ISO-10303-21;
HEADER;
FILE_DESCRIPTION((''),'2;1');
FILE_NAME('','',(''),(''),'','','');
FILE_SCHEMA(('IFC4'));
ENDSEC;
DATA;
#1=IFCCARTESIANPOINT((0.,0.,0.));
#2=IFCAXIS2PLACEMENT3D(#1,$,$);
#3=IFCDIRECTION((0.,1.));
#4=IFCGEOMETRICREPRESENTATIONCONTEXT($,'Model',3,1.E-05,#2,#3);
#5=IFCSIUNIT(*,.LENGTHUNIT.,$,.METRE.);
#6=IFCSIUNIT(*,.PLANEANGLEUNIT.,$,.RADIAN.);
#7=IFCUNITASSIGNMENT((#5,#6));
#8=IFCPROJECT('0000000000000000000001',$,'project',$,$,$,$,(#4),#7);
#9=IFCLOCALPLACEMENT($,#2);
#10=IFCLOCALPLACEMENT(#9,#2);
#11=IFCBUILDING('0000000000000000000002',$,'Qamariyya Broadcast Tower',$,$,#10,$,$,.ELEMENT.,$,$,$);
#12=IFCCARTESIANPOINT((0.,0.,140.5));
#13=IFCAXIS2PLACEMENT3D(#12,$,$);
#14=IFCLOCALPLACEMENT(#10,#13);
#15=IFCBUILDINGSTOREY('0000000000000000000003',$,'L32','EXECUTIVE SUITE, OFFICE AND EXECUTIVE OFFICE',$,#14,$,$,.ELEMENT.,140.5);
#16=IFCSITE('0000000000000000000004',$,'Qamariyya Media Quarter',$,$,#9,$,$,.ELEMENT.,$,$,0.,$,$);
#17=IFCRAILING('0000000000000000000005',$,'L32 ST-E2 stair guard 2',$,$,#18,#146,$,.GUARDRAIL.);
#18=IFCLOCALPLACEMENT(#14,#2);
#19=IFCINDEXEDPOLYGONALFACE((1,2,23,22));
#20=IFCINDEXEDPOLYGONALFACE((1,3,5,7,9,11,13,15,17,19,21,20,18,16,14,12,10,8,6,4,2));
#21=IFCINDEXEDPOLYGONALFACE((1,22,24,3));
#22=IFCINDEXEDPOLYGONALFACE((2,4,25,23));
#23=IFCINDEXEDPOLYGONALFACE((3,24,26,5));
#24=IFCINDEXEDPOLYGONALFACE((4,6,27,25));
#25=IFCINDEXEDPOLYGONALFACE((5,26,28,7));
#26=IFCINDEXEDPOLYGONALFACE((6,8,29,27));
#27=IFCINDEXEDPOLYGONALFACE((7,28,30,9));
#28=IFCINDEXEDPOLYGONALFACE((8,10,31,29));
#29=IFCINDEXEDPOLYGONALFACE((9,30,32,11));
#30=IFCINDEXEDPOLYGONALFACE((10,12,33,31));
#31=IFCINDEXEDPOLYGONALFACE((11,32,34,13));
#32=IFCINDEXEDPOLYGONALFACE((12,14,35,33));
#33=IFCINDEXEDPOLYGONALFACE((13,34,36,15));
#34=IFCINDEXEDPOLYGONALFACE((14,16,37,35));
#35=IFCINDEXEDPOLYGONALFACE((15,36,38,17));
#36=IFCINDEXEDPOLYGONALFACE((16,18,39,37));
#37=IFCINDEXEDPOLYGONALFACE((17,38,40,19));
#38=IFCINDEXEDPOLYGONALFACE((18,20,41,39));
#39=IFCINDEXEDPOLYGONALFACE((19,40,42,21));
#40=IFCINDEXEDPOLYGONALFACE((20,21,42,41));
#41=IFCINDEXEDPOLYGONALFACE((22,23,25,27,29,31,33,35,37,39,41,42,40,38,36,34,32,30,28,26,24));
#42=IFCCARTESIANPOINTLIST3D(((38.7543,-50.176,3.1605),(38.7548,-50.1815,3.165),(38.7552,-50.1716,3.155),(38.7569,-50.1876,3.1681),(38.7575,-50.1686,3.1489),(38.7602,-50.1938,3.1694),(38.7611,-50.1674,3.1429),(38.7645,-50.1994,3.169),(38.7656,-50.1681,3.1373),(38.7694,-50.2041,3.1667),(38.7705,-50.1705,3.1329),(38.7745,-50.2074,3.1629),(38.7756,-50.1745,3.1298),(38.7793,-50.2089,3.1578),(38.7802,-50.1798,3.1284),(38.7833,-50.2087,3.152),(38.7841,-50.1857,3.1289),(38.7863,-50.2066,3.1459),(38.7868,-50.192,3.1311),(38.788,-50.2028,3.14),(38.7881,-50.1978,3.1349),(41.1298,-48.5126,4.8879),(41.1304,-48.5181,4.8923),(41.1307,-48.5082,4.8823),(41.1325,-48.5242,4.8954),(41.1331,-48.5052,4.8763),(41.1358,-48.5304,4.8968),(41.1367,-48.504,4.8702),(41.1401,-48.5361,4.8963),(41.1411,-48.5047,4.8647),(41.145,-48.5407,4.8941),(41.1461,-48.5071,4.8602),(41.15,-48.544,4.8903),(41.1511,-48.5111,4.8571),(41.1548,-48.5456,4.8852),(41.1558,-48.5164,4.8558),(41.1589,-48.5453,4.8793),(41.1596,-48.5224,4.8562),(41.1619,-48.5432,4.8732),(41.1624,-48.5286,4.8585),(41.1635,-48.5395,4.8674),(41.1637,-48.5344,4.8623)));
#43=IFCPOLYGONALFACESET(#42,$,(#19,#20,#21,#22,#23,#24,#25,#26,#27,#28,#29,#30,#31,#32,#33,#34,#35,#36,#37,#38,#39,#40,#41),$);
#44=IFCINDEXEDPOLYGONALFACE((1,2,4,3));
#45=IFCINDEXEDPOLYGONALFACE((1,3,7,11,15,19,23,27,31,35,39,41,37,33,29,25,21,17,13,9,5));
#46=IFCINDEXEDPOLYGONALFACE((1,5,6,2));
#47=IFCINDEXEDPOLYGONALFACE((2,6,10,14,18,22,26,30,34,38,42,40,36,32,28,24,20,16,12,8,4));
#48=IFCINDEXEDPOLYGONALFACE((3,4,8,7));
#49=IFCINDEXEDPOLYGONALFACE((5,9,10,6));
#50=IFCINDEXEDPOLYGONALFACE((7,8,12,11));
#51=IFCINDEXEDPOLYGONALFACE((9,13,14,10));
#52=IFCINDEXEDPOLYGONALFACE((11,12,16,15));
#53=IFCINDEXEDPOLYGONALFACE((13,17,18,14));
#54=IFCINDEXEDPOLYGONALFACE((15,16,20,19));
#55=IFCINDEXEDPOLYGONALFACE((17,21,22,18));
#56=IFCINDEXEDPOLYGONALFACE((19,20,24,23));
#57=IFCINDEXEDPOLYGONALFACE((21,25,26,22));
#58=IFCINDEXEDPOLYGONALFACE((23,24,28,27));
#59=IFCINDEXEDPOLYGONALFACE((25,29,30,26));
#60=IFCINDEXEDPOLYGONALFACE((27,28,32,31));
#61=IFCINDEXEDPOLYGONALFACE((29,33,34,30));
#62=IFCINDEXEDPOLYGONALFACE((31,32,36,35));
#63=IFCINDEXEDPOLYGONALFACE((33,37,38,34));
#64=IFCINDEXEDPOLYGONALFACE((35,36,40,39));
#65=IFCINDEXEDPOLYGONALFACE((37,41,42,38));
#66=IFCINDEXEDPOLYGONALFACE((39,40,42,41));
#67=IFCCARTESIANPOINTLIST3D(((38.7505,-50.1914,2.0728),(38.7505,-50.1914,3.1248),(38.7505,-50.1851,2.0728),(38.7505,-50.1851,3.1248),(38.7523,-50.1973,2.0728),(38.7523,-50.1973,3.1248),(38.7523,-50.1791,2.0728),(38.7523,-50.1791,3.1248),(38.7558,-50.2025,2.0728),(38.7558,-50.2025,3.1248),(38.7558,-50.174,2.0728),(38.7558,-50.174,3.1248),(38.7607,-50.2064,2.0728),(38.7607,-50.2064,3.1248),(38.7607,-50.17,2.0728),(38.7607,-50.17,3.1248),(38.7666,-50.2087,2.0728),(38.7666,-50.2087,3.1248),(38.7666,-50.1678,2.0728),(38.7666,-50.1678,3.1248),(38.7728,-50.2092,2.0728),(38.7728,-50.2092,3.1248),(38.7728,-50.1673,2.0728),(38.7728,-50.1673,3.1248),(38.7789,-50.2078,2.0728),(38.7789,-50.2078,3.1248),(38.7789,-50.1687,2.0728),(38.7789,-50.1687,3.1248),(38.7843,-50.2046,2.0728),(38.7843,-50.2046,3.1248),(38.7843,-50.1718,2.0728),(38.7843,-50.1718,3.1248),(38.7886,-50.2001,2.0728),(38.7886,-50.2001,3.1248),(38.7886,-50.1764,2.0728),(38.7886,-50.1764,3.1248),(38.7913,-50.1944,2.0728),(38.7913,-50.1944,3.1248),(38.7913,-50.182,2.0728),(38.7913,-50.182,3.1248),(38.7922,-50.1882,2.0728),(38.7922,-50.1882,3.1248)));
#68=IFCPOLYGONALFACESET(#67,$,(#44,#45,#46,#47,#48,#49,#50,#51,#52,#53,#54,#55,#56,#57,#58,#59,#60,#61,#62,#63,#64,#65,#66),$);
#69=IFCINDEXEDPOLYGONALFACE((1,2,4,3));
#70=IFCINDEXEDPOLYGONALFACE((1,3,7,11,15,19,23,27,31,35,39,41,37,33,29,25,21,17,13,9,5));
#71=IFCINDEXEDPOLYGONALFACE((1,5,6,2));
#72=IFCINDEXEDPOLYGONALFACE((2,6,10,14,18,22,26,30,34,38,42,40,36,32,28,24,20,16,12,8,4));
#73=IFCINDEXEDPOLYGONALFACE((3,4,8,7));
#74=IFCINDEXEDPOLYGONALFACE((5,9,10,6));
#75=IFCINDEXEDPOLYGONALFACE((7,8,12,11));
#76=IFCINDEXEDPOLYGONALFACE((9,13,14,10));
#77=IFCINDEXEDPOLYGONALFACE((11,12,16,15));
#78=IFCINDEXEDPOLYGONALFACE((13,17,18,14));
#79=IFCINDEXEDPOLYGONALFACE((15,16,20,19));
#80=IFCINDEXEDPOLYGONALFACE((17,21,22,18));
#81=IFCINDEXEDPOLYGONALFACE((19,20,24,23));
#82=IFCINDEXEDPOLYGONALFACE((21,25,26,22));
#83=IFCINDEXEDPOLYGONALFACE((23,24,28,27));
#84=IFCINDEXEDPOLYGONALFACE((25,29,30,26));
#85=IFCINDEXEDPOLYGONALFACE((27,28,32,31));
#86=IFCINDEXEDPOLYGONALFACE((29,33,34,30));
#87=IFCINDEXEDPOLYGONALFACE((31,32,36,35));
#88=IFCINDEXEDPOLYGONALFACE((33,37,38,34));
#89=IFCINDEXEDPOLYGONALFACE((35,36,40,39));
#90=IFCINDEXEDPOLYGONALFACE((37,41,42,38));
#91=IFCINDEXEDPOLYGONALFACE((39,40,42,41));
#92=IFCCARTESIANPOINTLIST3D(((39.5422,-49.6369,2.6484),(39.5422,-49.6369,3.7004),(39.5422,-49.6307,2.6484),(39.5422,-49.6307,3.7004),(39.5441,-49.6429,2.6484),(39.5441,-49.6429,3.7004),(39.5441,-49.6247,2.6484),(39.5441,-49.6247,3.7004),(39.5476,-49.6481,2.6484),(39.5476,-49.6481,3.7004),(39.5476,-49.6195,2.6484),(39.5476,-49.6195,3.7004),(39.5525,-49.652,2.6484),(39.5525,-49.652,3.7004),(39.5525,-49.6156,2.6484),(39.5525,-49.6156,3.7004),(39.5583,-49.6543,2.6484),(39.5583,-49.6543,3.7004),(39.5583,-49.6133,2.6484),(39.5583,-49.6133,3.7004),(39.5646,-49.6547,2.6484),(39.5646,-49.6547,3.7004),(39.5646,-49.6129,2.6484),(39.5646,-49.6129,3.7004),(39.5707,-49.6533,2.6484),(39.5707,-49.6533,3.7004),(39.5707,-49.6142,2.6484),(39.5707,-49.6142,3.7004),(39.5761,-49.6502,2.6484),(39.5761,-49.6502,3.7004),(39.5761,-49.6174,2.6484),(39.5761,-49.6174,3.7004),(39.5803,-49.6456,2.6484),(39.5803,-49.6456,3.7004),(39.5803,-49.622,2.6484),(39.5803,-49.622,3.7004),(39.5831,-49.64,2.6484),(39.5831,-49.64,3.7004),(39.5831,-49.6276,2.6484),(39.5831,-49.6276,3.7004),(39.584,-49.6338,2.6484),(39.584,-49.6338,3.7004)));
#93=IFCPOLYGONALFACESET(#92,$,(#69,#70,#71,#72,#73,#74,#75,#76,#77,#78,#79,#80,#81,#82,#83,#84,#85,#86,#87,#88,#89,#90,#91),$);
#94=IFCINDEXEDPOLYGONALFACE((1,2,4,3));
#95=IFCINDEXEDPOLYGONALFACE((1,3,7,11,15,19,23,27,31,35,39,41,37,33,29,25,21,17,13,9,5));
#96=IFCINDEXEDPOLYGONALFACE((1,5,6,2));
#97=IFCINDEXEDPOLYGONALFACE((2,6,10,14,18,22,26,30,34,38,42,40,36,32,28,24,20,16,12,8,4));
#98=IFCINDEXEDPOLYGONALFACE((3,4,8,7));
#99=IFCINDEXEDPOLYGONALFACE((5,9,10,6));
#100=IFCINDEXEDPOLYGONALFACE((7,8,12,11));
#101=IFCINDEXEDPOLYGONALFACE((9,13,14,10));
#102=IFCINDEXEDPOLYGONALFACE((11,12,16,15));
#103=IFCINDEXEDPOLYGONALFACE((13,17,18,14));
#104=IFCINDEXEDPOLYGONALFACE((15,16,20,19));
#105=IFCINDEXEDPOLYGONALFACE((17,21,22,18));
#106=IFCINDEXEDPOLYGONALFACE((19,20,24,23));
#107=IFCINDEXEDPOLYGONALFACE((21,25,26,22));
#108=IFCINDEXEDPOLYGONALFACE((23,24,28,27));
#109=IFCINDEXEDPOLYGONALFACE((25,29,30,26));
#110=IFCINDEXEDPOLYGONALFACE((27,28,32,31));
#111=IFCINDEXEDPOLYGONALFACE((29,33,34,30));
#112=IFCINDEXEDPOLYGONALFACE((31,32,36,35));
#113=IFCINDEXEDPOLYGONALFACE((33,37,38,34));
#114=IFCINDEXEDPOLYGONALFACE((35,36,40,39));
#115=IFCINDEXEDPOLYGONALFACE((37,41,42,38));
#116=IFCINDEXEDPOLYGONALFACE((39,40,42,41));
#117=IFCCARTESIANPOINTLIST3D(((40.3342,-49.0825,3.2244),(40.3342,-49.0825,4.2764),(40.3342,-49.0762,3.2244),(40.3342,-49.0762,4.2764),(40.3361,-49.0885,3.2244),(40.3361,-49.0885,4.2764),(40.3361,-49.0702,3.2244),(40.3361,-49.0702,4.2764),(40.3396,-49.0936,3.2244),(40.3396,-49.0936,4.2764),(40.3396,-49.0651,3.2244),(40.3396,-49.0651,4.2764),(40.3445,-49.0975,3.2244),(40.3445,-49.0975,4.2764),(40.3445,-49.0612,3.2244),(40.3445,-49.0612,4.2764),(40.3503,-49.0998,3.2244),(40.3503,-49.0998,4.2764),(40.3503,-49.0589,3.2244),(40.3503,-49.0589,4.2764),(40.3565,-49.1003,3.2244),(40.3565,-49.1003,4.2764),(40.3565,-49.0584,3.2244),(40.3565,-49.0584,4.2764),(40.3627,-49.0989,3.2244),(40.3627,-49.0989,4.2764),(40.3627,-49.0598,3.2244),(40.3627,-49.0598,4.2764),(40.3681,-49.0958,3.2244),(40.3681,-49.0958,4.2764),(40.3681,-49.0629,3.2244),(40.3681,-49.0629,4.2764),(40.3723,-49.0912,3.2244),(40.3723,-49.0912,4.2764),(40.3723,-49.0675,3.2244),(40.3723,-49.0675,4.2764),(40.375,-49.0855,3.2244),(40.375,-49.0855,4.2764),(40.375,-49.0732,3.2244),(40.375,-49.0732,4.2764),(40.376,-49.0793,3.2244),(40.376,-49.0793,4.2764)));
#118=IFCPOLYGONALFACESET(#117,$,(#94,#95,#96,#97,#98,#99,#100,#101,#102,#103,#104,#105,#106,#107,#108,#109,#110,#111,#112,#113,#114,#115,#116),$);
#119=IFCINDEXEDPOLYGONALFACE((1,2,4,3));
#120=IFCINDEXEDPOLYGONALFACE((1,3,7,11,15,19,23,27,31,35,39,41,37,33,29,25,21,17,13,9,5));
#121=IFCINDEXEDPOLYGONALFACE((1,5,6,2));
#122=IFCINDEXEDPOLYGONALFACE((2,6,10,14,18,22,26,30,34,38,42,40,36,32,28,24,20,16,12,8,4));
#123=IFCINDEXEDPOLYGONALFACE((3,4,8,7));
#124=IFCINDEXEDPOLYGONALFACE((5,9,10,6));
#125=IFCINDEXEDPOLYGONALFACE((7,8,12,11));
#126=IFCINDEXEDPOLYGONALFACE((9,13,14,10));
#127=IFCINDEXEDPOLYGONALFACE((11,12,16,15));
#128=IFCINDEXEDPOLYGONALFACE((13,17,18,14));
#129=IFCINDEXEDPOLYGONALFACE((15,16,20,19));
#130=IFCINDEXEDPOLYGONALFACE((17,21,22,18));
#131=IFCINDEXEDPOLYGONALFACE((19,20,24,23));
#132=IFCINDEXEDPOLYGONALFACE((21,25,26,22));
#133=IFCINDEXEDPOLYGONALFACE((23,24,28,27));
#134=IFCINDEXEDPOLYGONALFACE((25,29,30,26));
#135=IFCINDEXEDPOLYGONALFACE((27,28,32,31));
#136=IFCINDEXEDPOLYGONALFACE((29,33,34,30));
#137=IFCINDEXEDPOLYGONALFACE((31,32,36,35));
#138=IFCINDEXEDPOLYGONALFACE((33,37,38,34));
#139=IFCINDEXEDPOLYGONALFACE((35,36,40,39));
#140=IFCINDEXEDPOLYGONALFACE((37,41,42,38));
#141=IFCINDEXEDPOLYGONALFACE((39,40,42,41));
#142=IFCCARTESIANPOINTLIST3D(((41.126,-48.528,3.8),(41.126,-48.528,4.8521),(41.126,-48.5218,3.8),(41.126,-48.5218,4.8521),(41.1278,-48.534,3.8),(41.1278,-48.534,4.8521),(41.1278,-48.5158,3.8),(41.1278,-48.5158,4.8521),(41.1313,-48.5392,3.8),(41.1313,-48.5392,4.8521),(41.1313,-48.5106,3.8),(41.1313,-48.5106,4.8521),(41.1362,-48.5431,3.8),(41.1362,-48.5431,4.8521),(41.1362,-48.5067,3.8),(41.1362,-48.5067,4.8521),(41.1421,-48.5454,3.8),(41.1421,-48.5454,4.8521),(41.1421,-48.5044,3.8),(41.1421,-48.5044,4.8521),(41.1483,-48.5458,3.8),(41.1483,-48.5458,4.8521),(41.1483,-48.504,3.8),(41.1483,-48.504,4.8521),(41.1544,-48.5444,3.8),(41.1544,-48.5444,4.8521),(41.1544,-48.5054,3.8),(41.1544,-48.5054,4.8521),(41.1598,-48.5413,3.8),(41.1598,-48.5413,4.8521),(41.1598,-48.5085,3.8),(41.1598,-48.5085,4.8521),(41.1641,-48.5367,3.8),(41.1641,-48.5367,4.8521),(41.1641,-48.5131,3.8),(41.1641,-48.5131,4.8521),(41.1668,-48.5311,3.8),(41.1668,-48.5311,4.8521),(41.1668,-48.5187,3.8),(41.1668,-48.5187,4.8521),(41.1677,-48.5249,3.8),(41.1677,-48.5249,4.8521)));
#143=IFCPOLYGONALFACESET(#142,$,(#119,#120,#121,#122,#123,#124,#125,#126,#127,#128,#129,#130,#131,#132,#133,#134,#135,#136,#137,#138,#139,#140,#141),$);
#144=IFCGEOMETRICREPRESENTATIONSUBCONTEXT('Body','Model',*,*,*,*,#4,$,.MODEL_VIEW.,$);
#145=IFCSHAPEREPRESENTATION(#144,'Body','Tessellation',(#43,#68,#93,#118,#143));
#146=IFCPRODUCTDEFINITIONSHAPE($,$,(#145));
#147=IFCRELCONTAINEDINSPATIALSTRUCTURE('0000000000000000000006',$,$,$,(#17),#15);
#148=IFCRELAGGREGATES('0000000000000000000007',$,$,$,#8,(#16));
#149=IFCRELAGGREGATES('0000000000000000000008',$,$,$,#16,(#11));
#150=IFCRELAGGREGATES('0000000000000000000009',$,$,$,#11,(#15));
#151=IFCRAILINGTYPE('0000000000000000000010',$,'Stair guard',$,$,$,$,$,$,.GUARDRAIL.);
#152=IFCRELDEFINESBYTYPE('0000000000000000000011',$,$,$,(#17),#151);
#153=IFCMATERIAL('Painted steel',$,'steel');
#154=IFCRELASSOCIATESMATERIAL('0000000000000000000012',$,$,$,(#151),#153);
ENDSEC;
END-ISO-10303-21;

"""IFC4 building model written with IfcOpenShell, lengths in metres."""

from ifc_helpers import new_model, si_unit, direction, frame, origin, origin_2d, place, context, subcontext, project, spatial, circle, extrude, material, type_object, element, save


model = new_model("IFC4")

# Units and contexts
model_context = context("Model", 3, precision=1e-05, world=origin(), true_north=direction((0.0, 1.0)))
body_context = subcontext(model_context, "Body", "Model", "MODEL_VIEW")
ifc_project = project(units=[si_unit("LENGTHUNIT", "METRE"), si_unit("PLANEANGLEUNIT", "RADIAN")], contexts=[model_context])

# Site, building, storey
site_placement = place(None, origin())
site = spatial("IfcSite", under=ifc_project, at=site_placement, Name="Qamariyya Media Quarter", CompositionType="ELEMENT", RefElevation=0.0)
building_placement = place(site_placement, origin())
building = spatial("IfcBuilding", under=site, at=building_placement, Name="Qamariyya Broadcast Tower", CompositionType="ELEMENT")
storey_placement = place(building_placement, frame((0.0, 0.0, 140.5)))
storey = spatial("IfcBuildingStorey", under=building, at=storey_placement, Name="L32", Description="EXECUTIVE SUITE, OFFICE AND EXECUTIVE OFFICE", CompositionType="ELEMENT", Elevation=140.5)

# Railing
ifc_material_1 = material(Name="Painted steel", Category="steel")
railing_type_1 = type_object("IfcRailingType", Name="Stair guard", PredefinedType="GUARDRAIL", material=ifc_material_1)
railing_1_placement = place(storey_placement, frame((38.7712, -50.1882, 2.0728)))
element("IfcRailing", 1, at=railing_1_placement, inside=storey, type_object=railing_type_1, Name="L32 ST-E2 stair guard 2", PredefinedType="GUARDRAIL", context=body_context, shape_type="SweptSolid", body=[
    extrude(circle(Radius=0.0239, at=origin_2d()), frame((0.0, 0.0, 1.0762), z_axis=(0.70377, 0.492784, 0.511734), x_axis=(-0.573575, 0.819153, 0.0)), (0.0, 0.0, 1.0), 3.3755),
    extrude(circle(Radius=0.021, at=origin_2d()), origin(), (0.0, 0.0, 1.0), 1.052),
    extrude(circle(Radius=0.021, at=origin_2d()), frame((0.7917, 0.5544, 0.5757)), (0.0, 0.0, 1.0), 1.052),
    extrude(circle(Radius=0.021, at=origin_2d()), frame((1.5837, 1.1089, 1.1516)), (0.0, 0.0, 1.0), 1.052),
    extrude(circle(Radius=0.021, at=origin_2d()), frame((2.3755, 1.6633, 1.7273)), (0.0, 0.0, 1.0), 1.052),
])

save(model, "model.ifc")
